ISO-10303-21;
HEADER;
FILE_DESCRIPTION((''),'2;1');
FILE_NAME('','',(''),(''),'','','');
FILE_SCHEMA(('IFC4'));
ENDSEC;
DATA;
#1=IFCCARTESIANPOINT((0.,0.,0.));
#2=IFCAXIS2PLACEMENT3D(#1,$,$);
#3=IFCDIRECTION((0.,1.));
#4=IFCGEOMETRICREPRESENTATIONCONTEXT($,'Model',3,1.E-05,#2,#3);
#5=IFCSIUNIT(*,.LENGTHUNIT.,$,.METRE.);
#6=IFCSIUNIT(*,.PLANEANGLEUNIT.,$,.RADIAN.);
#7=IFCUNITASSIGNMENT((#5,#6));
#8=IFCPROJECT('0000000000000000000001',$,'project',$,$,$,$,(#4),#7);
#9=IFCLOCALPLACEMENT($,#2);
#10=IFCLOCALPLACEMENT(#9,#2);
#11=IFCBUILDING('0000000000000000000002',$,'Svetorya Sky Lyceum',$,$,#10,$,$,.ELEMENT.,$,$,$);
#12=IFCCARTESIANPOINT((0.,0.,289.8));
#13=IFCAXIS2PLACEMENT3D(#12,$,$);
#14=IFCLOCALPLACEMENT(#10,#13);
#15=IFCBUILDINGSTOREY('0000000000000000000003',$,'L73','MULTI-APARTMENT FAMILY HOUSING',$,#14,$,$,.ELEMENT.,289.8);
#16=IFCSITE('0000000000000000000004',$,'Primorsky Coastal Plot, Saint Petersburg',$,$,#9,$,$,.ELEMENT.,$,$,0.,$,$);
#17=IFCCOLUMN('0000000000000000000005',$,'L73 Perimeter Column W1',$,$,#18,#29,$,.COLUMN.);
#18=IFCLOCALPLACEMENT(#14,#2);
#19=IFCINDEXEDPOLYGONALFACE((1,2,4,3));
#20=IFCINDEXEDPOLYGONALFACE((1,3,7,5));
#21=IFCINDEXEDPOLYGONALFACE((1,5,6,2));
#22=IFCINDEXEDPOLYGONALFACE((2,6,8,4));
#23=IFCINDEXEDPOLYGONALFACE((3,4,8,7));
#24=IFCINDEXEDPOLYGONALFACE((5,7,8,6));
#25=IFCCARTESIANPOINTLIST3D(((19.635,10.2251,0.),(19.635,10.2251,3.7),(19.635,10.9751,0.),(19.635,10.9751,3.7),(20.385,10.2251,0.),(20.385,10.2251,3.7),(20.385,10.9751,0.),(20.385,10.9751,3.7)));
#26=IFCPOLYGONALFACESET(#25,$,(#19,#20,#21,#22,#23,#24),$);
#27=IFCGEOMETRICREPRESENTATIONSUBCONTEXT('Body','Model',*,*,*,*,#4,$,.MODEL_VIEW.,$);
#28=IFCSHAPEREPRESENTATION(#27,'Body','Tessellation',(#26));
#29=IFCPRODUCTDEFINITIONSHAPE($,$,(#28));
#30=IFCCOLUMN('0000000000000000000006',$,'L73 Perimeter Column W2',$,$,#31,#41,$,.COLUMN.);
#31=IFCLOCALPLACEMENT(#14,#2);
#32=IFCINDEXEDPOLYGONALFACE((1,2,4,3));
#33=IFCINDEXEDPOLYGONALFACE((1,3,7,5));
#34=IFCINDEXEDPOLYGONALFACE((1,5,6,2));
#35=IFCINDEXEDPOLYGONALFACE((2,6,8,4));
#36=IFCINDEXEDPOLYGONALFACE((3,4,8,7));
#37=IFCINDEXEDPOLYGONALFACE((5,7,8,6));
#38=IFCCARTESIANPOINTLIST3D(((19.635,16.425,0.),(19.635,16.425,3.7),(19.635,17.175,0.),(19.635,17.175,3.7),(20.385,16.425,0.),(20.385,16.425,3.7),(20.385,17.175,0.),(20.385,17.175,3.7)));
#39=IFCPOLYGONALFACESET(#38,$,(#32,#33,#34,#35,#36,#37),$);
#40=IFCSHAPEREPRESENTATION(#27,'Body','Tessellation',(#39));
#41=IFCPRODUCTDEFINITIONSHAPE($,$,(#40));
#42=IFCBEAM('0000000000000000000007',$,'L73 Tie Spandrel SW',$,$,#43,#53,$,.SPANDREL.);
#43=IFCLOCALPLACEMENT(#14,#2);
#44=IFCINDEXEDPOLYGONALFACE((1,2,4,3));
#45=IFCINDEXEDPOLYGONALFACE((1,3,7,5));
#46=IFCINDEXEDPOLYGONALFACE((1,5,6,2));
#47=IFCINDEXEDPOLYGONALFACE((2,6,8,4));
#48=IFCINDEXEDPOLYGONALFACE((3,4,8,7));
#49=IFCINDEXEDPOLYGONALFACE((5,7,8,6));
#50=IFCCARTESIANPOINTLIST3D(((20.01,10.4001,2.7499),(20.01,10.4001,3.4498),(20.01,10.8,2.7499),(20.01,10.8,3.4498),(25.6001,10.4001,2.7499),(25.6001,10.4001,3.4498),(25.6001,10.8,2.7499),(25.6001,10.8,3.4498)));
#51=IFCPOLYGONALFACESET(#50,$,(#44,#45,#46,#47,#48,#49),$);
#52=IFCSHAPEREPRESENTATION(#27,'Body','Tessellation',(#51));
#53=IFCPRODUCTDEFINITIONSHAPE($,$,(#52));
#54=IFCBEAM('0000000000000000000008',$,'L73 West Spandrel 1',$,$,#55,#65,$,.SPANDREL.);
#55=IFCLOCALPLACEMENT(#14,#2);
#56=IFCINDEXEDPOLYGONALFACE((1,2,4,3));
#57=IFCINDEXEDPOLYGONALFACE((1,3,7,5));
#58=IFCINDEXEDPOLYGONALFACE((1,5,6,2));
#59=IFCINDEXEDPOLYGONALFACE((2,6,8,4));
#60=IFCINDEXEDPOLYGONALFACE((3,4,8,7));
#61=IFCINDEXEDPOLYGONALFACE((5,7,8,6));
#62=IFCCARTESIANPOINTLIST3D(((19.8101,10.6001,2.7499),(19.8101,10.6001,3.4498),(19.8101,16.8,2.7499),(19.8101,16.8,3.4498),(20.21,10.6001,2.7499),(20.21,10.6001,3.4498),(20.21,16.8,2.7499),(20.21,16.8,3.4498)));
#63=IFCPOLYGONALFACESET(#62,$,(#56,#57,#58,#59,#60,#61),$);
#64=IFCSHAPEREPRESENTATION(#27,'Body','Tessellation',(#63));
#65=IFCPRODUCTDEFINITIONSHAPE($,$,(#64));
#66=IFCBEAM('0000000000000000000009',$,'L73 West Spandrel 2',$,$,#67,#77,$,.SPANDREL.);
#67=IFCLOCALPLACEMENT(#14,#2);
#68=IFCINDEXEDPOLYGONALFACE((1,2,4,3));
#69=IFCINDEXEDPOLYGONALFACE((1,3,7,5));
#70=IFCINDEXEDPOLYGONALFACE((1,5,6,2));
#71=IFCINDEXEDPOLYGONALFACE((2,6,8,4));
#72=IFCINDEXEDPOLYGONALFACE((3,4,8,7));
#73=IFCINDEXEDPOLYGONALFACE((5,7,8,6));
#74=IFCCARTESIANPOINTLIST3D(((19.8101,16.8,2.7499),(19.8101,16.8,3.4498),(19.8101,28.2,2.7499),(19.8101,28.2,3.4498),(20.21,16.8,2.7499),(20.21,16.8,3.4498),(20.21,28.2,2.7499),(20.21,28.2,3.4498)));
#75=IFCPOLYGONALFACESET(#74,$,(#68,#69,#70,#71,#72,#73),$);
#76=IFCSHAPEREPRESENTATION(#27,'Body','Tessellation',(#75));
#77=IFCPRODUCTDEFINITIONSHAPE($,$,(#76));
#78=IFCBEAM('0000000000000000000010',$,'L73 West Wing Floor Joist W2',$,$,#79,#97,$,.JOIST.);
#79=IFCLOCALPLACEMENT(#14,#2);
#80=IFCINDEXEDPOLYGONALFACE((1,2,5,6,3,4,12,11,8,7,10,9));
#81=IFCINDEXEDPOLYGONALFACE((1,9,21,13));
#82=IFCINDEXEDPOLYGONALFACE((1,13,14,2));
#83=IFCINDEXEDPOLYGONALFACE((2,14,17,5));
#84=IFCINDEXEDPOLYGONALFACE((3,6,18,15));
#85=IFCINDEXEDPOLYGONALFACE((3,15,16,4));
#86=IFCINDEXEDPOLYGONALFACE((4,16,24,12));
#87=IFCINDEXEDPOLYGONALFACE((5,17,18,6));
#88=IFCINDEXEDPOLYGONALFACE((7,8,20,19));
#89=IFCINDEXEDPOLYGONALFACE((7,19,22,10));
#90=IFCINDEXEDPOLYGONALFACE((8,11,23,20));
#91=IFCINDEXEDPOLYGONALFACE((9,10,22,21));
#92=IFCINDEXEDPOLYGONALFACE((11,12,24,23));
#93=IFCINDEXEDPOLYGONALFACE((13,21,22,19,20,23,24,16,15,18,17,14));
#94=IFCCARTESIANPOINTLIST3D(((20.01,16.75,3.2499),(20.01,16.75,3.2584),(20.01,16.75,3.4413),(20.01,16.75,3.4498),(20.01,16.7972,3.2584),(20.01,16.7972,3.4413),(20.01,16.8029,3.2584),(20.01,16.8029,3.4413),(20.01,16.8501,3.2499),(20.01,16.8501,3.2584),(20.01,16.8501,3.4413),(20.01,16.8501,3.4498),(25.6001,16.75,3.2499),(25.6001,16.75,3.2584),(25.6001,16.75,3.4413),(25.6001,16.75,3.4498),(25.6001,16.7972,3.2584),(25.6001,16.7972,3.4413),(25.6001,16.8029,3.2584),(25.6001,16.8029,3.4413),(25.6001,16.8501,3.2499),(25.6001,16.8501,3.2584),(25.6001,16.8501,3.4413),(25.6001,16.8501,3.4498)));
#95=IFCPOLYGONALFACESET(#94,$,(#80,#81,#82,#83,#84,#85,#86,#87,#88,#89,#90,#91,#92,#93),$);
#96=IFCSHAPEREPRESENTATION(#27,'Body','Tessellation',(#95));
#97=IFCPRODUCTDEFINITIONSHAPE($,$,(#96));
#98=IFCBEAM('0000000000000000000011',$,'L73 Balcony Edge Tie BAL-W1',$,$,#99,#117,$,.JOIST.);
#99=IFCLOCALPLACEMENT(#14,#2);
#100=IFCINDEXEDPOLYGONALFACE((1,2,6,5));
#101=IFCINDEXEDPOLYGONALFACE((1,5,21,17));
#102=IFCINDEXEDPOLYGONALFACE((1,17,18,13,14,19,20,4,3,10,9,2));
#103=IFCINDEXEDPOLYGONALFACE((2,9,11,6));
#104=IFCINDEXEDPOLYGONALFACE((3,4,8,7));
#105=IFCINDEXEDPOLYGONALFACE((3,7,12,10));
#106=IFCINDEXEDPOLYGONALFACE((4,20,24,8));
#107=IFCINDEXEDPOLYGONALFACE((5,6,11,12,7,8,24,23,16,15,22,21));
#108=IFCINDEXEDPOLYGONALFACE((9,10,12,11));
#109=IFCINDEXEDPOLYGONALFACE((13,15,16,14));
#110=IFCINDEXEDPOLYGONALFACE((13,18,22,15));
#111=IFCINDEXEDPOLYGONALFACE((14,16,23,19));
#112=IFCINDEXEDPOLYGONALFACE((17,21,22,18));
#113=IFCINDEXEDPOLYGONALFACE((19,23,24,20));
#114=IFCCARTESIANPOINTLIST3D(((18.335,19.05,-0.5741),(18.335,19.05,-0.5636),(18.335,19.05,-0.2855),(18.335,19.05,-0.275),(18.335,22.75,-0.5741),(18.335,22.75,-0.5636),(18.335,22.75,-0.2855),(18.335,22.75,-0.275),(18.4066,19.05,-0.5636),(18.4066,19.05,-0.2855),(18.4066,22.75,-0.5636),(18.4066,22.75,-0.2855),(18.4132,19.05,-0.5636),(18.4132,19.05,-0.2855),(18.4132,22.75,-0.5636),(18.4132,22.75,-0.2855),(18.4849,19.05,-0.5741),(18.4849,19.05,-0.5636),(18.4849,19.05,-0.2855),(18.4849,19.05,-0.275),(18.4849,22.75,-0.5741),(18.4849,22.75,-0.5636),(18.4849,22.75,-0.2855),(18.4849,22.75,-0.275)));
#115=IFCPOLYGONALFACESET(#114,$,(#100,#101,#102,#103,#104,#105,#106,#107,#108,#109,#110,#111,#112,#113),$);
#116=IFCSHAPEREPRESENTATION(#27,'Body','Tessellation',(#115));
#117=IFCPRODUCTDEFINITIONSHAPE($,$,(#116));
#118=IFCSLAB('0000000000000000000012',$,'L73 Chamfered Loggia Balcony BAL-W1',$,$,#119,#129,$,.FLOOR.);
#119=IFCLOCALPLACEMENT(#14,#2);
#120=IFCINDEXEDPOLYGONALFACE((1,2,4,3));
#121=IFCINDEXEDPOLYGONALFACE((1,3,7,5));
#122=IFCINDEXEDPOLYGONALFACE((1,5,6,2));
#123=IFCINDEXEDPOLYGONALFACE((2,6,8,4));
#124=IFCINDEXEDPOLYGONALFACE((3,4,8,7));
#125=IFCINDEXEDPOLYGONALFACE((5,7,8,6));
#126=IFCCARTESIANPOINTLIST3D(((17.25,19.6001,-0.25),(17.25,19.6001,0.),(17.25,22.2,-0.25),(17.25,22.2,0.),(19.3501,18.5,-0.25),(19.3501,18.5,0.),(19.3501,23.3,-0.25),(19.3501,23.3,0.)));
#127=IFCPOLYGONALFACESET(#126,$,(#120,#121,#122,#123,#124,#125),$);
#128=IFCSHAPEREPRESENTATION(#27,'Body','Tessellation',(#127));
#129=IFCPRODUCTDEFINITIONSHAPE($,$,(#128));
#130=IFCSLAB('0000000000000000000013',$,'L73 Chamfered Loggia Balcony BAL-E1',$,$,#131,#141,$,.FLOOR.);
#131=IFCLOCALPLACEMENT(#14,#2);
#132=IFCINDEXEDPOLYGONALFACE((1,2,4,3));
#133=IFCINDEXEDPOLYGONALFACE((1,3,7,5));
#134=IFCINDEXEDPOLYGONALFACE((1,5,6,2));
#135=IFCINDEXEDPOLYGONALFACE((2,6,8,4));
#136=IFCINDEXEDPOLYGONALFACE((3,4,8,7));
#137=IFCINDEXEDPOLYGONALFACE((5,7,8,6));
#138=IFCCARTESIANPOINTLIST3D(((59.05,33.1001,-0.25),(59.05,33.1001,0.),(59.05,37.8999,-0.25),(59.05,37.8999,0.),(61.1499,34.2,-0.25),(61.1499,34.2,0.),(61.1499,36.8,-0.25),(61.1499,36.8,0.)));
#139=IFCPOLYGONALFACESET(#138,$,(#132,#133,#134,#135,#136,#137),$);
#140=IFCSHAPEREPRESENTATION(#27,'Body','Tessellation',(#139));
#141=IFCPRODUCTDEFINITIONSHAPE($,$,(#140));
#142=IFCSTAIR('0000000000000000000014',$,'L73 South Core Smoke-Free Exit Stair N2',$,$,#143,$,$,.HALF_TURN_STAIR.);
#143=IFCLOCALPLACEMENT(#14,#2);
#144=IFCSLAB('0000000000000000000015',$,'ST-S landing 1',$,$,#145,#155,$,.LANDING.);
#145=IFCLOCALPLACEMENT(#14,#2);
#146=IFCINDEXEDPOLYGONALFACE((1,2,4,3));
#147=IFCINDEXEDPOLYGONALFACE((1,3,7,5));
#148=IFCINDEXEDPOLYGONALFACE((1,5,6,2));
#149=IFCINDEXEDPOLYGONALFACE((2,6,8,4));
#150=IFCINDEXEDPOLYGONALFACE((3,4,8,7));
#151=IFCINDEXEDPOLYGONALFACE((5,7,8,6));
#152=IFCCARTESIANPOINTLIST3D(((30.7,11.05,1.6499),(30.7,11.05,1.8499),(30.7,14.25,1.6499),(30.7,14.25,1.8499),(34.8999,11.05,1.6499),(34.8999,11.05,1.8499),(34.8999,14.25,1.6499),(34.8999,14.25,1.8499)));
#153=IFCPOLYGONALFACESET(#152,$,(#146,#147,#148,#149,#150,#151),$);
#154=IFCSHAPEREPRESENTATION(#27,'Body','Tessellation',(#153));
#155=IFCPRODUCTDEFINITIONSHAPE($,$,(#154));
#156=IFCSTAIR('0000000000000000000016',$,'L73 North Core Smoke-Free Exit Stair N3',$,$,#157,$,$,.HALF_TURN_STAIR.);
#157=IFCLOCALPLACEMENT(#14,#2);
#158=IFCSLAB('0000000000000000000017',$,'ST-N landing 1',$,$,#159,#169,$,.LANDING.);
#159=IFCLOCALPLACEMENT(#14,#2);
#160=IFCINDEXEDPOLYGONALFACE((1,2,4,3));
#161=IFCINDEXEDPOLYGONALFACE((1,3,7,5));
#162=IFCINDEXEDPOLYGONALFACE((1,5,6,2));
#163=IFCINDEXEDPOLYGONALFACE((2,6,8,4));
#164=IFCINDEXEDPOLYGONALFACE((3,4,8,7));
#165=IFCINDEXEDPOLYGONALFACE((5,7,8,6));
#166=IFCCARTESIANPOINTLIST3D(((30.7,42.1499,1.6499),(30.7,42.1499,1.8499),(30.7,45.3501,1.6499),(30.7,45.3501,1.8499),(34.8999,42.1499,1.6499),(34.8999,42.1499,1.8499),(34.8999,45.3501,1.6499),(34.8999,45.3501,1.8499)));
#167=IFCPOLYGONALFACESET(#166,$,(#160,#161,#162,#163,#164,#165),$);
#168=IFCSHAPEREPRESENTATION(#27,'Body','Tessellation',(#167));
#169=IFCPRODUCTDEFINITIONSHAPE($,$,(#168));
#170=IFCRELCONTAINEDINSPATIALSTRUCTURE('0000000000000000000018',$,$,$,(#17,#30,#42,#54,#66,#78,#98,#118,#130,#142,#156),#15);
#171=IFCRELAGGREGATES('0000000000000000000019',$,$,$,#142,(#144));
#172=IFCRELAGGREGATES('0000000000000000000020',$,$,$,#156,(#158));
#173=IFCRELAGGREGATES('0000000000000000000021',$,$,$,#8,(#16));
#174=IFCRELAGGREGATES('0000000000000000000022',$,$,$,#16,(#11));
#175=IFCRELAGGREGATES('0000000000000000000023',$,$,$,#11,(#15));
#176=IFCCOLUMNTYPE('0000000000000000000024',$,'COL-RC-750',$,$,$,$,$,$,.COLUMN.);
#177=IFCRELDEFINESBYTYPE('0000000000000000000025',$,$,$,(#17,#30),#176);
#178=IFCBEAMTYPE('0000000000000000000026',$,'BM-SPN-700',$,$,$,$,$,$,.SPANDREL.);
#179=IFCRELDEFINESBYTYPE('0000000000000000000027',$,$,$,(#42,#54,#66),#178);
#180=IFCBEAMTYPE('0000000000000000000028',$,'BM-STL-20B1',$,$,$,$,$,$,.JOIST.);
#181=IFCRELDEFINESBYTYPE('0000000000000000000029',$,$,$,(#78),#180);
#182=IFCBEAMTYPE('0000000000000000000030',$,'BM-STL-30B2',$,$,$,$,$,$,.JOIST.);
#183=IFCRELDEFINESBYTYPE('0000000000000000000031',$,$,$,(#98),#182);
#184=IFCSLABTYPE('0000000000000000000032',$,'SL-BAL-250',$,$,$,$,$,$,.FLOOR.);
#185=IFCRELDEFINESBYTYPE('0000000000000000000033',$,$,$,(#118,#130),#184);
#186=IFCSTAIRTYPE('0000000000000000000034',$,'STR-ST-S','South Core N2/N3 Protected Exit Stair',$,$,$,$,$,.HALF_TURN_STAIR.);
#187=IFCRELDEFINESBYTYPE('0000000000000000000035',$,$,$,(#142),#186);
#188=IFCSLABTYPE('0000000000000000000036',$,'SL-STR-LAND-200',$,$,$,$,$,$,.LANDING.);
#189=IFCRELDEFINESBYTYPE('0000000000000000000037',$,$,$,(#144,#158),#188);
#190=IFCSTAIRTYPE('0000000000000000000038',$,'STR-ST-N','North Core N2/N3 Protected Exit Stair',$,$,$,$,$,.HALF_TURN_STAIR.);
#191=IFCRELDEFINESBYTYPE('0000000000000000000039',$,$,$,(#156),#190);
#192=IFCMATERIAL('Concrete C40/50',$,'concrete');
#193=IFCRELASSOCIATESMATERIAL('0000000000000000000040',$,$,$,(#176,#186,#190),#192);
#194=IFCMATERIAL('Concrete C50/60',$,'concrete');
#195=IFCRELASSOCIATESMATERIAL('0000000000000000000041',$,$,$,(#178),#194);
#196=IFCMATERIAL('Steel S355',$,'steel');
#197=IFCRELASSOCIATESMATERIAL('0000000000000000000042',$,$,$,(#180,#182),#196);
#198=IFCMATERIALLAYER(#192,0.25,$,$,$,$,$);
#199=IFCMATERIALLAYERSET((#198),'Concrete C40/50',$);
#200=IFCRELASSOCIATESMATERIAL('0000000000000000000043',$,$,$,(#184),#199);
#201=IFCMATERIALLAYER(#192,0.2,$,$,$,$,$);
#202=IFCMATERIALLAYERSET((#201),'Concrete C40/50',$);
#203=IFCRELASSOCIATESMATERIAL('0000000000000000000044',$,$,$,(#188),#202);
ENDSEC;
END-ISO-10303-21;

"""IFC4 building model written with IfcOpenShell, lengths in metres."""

from ifc_helpers import new_model, si_unit, direction, frame, origin, origin_2d, place, context, subcontext, project, spatial, polyline, rectangle, i_section, outline, extrude, material, layer, layer_set, material_profile, profile_set, type_object, element, aggregate, save


model = new_model("IFC4")

# Units and contexts
model_context = context("Model", 3, precision=1e-05, world=origin(), true_north=direction((0.0, 1.0)))
body_context = subcontext(model_context, "Body", "Model", "MODEL_VIEW")
ifc_project = project(units=[si_unit("LENGTHUNIT", "METRE"), si_unit("PLANEANGLEUNIT", "RADIAN")], contexts=[model_context])

# Site, building, storey
site_placement = place(None, origin())
site = spatial("IfcSite", under=ifc_project, at=site_placement, Name="Primorsky Coastal Plot, Saint Petersburg", CompositionType="ELEMENT", RefElevation=0.0)
building_placement = place(site_placement, origin())
building = spatial("IfcBuilding", under=site, at=building_placement, Name="Svetorya Sky Lyceum", CompositionType="ELEMENT")
storey_placement = place(building_placement, frame((0.0, 0.0, 289.8)))
storey = spatial("IfcBuildingStorey", under=building, at=storey_placement, Name="L73", Description="MULTI-APARTMENT FAMILY HOUSING", CompositionType="ELEMENT", Elevation=289.8)

# Columns
ifc_material_1 = material(Name="Concrete C40/50", Category="concrete")
ifc_material_profile_1 = material_profile(ifc_material_1, rectangle(XDim=0.75, YDim=0.75, at=origin_2d()), Name="RC COL 750x750")
ifc_profile_set_1 = profile_set([ifc_material_profile_1], Name="Concrete C40/50")
column_type = type_object("IfcColumnType", Name="COL-RC-750", PredefinedType="COLUMN", material=ifc_profile_set_1)
for number, where, z_axis, x_axis, name in (
    (1, (20.01, 10.6001, 0.0), (0.0, 0.0, 1.0), (1.0, 0.0, 0.0), "L73 Perimeter Column W1"),
    (2, (20.01, 16.8, 0.0), (0.0, 0.0, 1.0), (1.0, 0.0, 0.0), "L73 Perimeter Column W2"),
):
    element("IfcColumn", number, at=place(storey_placement, frame(where, z_axis=z_axis, x_axis=x_axis)), inside=storey, type_object=column_type, Name=name, PredefinedType="COLUMN", context=body_context, shape_type="SweptSolid", body=[
        extrude(rectangle(XDim=0.75, YDim=0.75, at=origin_2d()), origin(), (0.0, 0.0, 1.0), 3.7),
    ])

# Beams
ifc_material_2 = material(Name="Concrete C50/60", Category="concrete")
ifc_material_profile_2 = material_profile(ifc_material_2, rectangle(XDim=0.3999, YDim=0.7, at=origin_2d()), Name="RC SPANDREL 400x700")
ifc_profile_set_2 = profile_set([ifc_material_profile_2], Name="Concrete C50/60")
beam_type_1 = type_object("IfcBeamType", Name="BM-SPN-700", PredefinedType="SPANDREL", material=ifc_profile_set_2)
beam_1_placement = place(storey_placement, frame((20.01, 10.6001, 3.0999), z_axis=(1.0, 0.0, 0.0), x_axis=(0.0, 1.0, 0.0)))
element("IfcBeam", 3, at=beam_1_placement, inside=storey, type_object=beam_type_1, Name="L73 Tie Spandrel SW", PredefinedType="SPANDREL", context=body_context, shape_type="SweptSolid", body=[
    extrude(rectangle(XDim=0.3999, YDim=0.7, at=origin_2d()), origin(), (0.0, 0.0, 1.0), 5.5901),
])
beam_2_placement = place(storey_placement, frame((20.01, 10.6001, 3.0999), z_axis=(0.0, 1.0, 0.0), x_axis=(-1.0, 0.0, 0.0)))
element("IfcBeam", 4, at=beam_2_placement, inside=storey, type_object=beam_type_1, Name="L73 West Spandrel 1", PredefinedType="SPANDREL", context=body_context, shape_type="SweptSolid", body=[
    extrude(rectangle(XDim=0.3999, YDim=0.7, at=origin_2d()), origin(), (0.0, 0.0, 1.0), 6.2),
])
beam_3_placement = place(storey_placement, frame((20.01, 16.8, 3.0999), z_axis=(0.0, 1.0, 0.0), x_axis=(-1.0, 0.0, 0.0)))
element("IfcBeam", 5, at=beam_3_placement, inside=storey, type_object=beam_type_1, Name="L73 West Spandrel 2", PredefinedType="SPANDREL", context=body_context, shape_type="SweptSolid", body=[
    extrude(rectangle(XDim=0.3999, YDim=0.7, at=origin_2d()), origin(), (0.0, 0.0, 1.0), 11.3999),
])
ifc_material_3 = material(Name="Steel S355", Category="steel")
ifc_material_profile_3 = material_profile(ifc_material_3, i_section(OverallWidth=0.1001, OverallDepth=0.2, WebThickness=0.0056, FlangeThickness=0.0085, at=origin_2d()), Name="GOST 20B1")
ifc_profile_set_3 = profile_set([ifc_material_profile_3], Name="Steel S355")
beam_type_2 = type_object("IfcBeamType", Name="BM-STL-20B1", PredefinedType="JOIST", material=ifc_profile_set_3)
beam_4_placement = place(storey_placement, frame((20.01, 16.8, 3.3499), z_axis=(1.0, 0.0, 0.0), x_axis=(0.0, 1.0, 0.0)))
element("IfcBeam", 6, at=beam_4_placement, inside=storey, type_object=beam_type_2, Name="L73 West Wing Floor Joist W2", PredefinedType="JOIST", context=body_context, shape_type="SweptSolid", body=[
    extrude(i_section(OverallWidth=0.1001, OverallDepth=0.2, WebThickness=0.0056, FlangeThickness=0.0085, at=origin_2d()), origin(), (0.0, 0.0, 1.0), 5.5901),
])
ifc_material_profile_4 = material_profile(ifc_material_3, i_section(OverallWidth=0.1499, OverallDepth=0.2991, WebThickness=0.0066, FlangeThickness=0.0105, at=origin_2d()), Name="GOST 30B2")
ifc_profile_set_4 = profile_set([ifc_material_profile_4], Name="Steel S355")
beam_type_3 = type_object("IfcBeamType", Name="BM-STL-30B2", PredefinedType="JOIST", material=ifc_profile_set_4)
beam_5_placement = place(storey_placement, frame((18.4099, 19.05, -0.4246), z_axis=(0.0, 1.0, 0.0), x_axis=(-1.0, 0.0, 0.0)))
element("IfcBeam", 7, at=beam_5_placement, inside=storey, type_object=beam_type_3, Name="L73 Balcony Edge Tie BAL-W1", PredefinedType="JOIST", context=body_context, shape_type="SweptSolid", body=[
    extrude(i_section(OverallWidth=0.1499, OverallDepth=0.2991, WebThickness=0.0066, FlangeThickness=0.0105, at=origin_2d()), origin(), (0.0, 0.0, 1.0), 3.7),
])

# Slabs
ifc_layer_1 = layer(ifc_material_1, 0.25)
ifc_layer_set_1 = layer_set([ifc_layer_1], Name="Concrete C40/50")
slab_type_1 = type_object("IfcSlabType", Name="SL-BAL-250", PredefinedType="FLOOR", material=ifc_layer_set_1)
slab_1_placement = place(storey_placement, frame((0.0, 0.0, -0.25)))
element("IfcSlab", 8, at=slab_1_placement, inside=storey, type_object=slab_type_1, Name="L73 Chamfered Loggia Balcony BAL-W1", PredefinedType="FLOOR", context=body_context, shape_type="SweptSolid", body=[
    extrude(outline(polyline([(19.3501, 18.5), (19.3501, 23.3), (17.25, 22.2), (17.25, 19.6001), (19.3501, 18.5)])), origin(), (0.0, 0.0, 1.0), 0.25),
])
slab_2_placement = place(storey_placement, frame((0.0, 0.0, -0.25)))
element("IfcSlab", 9, at=slab_2_placement, inside=storey, type_object=slab_type_1, Name="L73 Chamfered Loggia Balcony BAL-E1", PredefinedType="FLOOR", context=body_context, shape_type="SweptSolid", body=[
    extrude(outline(polyline([(59.05, 33.1001), (61.1499, 34.2), (61.1499, 36.8), (59.05, 37.8999), (59.05, 33.1001)])), origin(), (0.0, 0.0, 1.0), 0.25),
])

# Stairs, slabs
stair_type_1 = type_object("IfcStairType", Name="STR-ST-S", Description="South Core N2/N3 Protected Exit Stair", PredefinedType="HALF_TURN_STAIR", material=ifc_material_1)
stair_1_placement = place(storey_placement, origin())
stair_1 = element("IfcStair", 10, at=stair_1_placement, inside=storey, type_object=stair_type_1, Name="L73 South Core Smoke-Free Exit Stair N2", PredefinedType="HALF_TURN_STAIR")
ifc_layer_2 = layer(ifc_material_1, 0.2)
ifc_layer_set_2 = layer_set([ifc_layer_2], Name="Concrete C40/50")
slab_type_2 = type_object("IfcSlabType", Name="SL-STR-LAND-200", PredefinedType="LANDING", material=ifc_layer_set_2)
slab_3_placement = place(storey_placement, frame((0.0, 0.0, 1.6499)))
slab_3 = element("IfcSlab", 11, at=slab_3_placement, type_object=slab_type_2, Name="ST-S landing 1", PredefinedType="LANDING", context=body_context, shape_type="SweptSolid", body=[
    extrude(outline(polyline([(30.7, 11.05), (34.8999, 11.05), (34.8999, 14.25), (30.7, 14.25), (30.7, 11.05)])), origin(), (0.0, 0.0, 1.0), 0.2),
])
aggregate(stair_1, [slab_3])
stair_type_2 = type_object("IfcStairType", Name="STR-ST-N", Description="North Core N2/N3 Protected Exit Stair", PredefinedType="HALF_TURN_STAIR", material=ifc_material_1)
stair_2_placement = place(storey_placement, origin())
stair_2 = element("IfcStair", 12, at=stair_2_placement, inside=storey, type_object=stair_type_2, Name="L73 North Core Smoke-Free Exit Stair N3", PredefinedType="HALF_TURN_STAIR")
slab_4_placement = place(storey_placement, frame((0.0, 0.0, 1.6499)))
slab_4 = element("IfcSlab", 13, at=slab_4_placement, type_object=slab_type_2, Name="ST-N landing 1", PredefinedType="LANDING", context=body_context, shape_type="SweptSolid", body=[
    extrude(outline(polyline([(30.7, 42.1499), (34.8999, 42.1499), (34.8999, 45.3501), (30.7, 45.3501), (30.7, 42.1499)])), origin(), (0.0, 0.0, 1.0), 0.2),
])
aggregate(stair_2, [slab_4])

save(model, "model.ifc")
